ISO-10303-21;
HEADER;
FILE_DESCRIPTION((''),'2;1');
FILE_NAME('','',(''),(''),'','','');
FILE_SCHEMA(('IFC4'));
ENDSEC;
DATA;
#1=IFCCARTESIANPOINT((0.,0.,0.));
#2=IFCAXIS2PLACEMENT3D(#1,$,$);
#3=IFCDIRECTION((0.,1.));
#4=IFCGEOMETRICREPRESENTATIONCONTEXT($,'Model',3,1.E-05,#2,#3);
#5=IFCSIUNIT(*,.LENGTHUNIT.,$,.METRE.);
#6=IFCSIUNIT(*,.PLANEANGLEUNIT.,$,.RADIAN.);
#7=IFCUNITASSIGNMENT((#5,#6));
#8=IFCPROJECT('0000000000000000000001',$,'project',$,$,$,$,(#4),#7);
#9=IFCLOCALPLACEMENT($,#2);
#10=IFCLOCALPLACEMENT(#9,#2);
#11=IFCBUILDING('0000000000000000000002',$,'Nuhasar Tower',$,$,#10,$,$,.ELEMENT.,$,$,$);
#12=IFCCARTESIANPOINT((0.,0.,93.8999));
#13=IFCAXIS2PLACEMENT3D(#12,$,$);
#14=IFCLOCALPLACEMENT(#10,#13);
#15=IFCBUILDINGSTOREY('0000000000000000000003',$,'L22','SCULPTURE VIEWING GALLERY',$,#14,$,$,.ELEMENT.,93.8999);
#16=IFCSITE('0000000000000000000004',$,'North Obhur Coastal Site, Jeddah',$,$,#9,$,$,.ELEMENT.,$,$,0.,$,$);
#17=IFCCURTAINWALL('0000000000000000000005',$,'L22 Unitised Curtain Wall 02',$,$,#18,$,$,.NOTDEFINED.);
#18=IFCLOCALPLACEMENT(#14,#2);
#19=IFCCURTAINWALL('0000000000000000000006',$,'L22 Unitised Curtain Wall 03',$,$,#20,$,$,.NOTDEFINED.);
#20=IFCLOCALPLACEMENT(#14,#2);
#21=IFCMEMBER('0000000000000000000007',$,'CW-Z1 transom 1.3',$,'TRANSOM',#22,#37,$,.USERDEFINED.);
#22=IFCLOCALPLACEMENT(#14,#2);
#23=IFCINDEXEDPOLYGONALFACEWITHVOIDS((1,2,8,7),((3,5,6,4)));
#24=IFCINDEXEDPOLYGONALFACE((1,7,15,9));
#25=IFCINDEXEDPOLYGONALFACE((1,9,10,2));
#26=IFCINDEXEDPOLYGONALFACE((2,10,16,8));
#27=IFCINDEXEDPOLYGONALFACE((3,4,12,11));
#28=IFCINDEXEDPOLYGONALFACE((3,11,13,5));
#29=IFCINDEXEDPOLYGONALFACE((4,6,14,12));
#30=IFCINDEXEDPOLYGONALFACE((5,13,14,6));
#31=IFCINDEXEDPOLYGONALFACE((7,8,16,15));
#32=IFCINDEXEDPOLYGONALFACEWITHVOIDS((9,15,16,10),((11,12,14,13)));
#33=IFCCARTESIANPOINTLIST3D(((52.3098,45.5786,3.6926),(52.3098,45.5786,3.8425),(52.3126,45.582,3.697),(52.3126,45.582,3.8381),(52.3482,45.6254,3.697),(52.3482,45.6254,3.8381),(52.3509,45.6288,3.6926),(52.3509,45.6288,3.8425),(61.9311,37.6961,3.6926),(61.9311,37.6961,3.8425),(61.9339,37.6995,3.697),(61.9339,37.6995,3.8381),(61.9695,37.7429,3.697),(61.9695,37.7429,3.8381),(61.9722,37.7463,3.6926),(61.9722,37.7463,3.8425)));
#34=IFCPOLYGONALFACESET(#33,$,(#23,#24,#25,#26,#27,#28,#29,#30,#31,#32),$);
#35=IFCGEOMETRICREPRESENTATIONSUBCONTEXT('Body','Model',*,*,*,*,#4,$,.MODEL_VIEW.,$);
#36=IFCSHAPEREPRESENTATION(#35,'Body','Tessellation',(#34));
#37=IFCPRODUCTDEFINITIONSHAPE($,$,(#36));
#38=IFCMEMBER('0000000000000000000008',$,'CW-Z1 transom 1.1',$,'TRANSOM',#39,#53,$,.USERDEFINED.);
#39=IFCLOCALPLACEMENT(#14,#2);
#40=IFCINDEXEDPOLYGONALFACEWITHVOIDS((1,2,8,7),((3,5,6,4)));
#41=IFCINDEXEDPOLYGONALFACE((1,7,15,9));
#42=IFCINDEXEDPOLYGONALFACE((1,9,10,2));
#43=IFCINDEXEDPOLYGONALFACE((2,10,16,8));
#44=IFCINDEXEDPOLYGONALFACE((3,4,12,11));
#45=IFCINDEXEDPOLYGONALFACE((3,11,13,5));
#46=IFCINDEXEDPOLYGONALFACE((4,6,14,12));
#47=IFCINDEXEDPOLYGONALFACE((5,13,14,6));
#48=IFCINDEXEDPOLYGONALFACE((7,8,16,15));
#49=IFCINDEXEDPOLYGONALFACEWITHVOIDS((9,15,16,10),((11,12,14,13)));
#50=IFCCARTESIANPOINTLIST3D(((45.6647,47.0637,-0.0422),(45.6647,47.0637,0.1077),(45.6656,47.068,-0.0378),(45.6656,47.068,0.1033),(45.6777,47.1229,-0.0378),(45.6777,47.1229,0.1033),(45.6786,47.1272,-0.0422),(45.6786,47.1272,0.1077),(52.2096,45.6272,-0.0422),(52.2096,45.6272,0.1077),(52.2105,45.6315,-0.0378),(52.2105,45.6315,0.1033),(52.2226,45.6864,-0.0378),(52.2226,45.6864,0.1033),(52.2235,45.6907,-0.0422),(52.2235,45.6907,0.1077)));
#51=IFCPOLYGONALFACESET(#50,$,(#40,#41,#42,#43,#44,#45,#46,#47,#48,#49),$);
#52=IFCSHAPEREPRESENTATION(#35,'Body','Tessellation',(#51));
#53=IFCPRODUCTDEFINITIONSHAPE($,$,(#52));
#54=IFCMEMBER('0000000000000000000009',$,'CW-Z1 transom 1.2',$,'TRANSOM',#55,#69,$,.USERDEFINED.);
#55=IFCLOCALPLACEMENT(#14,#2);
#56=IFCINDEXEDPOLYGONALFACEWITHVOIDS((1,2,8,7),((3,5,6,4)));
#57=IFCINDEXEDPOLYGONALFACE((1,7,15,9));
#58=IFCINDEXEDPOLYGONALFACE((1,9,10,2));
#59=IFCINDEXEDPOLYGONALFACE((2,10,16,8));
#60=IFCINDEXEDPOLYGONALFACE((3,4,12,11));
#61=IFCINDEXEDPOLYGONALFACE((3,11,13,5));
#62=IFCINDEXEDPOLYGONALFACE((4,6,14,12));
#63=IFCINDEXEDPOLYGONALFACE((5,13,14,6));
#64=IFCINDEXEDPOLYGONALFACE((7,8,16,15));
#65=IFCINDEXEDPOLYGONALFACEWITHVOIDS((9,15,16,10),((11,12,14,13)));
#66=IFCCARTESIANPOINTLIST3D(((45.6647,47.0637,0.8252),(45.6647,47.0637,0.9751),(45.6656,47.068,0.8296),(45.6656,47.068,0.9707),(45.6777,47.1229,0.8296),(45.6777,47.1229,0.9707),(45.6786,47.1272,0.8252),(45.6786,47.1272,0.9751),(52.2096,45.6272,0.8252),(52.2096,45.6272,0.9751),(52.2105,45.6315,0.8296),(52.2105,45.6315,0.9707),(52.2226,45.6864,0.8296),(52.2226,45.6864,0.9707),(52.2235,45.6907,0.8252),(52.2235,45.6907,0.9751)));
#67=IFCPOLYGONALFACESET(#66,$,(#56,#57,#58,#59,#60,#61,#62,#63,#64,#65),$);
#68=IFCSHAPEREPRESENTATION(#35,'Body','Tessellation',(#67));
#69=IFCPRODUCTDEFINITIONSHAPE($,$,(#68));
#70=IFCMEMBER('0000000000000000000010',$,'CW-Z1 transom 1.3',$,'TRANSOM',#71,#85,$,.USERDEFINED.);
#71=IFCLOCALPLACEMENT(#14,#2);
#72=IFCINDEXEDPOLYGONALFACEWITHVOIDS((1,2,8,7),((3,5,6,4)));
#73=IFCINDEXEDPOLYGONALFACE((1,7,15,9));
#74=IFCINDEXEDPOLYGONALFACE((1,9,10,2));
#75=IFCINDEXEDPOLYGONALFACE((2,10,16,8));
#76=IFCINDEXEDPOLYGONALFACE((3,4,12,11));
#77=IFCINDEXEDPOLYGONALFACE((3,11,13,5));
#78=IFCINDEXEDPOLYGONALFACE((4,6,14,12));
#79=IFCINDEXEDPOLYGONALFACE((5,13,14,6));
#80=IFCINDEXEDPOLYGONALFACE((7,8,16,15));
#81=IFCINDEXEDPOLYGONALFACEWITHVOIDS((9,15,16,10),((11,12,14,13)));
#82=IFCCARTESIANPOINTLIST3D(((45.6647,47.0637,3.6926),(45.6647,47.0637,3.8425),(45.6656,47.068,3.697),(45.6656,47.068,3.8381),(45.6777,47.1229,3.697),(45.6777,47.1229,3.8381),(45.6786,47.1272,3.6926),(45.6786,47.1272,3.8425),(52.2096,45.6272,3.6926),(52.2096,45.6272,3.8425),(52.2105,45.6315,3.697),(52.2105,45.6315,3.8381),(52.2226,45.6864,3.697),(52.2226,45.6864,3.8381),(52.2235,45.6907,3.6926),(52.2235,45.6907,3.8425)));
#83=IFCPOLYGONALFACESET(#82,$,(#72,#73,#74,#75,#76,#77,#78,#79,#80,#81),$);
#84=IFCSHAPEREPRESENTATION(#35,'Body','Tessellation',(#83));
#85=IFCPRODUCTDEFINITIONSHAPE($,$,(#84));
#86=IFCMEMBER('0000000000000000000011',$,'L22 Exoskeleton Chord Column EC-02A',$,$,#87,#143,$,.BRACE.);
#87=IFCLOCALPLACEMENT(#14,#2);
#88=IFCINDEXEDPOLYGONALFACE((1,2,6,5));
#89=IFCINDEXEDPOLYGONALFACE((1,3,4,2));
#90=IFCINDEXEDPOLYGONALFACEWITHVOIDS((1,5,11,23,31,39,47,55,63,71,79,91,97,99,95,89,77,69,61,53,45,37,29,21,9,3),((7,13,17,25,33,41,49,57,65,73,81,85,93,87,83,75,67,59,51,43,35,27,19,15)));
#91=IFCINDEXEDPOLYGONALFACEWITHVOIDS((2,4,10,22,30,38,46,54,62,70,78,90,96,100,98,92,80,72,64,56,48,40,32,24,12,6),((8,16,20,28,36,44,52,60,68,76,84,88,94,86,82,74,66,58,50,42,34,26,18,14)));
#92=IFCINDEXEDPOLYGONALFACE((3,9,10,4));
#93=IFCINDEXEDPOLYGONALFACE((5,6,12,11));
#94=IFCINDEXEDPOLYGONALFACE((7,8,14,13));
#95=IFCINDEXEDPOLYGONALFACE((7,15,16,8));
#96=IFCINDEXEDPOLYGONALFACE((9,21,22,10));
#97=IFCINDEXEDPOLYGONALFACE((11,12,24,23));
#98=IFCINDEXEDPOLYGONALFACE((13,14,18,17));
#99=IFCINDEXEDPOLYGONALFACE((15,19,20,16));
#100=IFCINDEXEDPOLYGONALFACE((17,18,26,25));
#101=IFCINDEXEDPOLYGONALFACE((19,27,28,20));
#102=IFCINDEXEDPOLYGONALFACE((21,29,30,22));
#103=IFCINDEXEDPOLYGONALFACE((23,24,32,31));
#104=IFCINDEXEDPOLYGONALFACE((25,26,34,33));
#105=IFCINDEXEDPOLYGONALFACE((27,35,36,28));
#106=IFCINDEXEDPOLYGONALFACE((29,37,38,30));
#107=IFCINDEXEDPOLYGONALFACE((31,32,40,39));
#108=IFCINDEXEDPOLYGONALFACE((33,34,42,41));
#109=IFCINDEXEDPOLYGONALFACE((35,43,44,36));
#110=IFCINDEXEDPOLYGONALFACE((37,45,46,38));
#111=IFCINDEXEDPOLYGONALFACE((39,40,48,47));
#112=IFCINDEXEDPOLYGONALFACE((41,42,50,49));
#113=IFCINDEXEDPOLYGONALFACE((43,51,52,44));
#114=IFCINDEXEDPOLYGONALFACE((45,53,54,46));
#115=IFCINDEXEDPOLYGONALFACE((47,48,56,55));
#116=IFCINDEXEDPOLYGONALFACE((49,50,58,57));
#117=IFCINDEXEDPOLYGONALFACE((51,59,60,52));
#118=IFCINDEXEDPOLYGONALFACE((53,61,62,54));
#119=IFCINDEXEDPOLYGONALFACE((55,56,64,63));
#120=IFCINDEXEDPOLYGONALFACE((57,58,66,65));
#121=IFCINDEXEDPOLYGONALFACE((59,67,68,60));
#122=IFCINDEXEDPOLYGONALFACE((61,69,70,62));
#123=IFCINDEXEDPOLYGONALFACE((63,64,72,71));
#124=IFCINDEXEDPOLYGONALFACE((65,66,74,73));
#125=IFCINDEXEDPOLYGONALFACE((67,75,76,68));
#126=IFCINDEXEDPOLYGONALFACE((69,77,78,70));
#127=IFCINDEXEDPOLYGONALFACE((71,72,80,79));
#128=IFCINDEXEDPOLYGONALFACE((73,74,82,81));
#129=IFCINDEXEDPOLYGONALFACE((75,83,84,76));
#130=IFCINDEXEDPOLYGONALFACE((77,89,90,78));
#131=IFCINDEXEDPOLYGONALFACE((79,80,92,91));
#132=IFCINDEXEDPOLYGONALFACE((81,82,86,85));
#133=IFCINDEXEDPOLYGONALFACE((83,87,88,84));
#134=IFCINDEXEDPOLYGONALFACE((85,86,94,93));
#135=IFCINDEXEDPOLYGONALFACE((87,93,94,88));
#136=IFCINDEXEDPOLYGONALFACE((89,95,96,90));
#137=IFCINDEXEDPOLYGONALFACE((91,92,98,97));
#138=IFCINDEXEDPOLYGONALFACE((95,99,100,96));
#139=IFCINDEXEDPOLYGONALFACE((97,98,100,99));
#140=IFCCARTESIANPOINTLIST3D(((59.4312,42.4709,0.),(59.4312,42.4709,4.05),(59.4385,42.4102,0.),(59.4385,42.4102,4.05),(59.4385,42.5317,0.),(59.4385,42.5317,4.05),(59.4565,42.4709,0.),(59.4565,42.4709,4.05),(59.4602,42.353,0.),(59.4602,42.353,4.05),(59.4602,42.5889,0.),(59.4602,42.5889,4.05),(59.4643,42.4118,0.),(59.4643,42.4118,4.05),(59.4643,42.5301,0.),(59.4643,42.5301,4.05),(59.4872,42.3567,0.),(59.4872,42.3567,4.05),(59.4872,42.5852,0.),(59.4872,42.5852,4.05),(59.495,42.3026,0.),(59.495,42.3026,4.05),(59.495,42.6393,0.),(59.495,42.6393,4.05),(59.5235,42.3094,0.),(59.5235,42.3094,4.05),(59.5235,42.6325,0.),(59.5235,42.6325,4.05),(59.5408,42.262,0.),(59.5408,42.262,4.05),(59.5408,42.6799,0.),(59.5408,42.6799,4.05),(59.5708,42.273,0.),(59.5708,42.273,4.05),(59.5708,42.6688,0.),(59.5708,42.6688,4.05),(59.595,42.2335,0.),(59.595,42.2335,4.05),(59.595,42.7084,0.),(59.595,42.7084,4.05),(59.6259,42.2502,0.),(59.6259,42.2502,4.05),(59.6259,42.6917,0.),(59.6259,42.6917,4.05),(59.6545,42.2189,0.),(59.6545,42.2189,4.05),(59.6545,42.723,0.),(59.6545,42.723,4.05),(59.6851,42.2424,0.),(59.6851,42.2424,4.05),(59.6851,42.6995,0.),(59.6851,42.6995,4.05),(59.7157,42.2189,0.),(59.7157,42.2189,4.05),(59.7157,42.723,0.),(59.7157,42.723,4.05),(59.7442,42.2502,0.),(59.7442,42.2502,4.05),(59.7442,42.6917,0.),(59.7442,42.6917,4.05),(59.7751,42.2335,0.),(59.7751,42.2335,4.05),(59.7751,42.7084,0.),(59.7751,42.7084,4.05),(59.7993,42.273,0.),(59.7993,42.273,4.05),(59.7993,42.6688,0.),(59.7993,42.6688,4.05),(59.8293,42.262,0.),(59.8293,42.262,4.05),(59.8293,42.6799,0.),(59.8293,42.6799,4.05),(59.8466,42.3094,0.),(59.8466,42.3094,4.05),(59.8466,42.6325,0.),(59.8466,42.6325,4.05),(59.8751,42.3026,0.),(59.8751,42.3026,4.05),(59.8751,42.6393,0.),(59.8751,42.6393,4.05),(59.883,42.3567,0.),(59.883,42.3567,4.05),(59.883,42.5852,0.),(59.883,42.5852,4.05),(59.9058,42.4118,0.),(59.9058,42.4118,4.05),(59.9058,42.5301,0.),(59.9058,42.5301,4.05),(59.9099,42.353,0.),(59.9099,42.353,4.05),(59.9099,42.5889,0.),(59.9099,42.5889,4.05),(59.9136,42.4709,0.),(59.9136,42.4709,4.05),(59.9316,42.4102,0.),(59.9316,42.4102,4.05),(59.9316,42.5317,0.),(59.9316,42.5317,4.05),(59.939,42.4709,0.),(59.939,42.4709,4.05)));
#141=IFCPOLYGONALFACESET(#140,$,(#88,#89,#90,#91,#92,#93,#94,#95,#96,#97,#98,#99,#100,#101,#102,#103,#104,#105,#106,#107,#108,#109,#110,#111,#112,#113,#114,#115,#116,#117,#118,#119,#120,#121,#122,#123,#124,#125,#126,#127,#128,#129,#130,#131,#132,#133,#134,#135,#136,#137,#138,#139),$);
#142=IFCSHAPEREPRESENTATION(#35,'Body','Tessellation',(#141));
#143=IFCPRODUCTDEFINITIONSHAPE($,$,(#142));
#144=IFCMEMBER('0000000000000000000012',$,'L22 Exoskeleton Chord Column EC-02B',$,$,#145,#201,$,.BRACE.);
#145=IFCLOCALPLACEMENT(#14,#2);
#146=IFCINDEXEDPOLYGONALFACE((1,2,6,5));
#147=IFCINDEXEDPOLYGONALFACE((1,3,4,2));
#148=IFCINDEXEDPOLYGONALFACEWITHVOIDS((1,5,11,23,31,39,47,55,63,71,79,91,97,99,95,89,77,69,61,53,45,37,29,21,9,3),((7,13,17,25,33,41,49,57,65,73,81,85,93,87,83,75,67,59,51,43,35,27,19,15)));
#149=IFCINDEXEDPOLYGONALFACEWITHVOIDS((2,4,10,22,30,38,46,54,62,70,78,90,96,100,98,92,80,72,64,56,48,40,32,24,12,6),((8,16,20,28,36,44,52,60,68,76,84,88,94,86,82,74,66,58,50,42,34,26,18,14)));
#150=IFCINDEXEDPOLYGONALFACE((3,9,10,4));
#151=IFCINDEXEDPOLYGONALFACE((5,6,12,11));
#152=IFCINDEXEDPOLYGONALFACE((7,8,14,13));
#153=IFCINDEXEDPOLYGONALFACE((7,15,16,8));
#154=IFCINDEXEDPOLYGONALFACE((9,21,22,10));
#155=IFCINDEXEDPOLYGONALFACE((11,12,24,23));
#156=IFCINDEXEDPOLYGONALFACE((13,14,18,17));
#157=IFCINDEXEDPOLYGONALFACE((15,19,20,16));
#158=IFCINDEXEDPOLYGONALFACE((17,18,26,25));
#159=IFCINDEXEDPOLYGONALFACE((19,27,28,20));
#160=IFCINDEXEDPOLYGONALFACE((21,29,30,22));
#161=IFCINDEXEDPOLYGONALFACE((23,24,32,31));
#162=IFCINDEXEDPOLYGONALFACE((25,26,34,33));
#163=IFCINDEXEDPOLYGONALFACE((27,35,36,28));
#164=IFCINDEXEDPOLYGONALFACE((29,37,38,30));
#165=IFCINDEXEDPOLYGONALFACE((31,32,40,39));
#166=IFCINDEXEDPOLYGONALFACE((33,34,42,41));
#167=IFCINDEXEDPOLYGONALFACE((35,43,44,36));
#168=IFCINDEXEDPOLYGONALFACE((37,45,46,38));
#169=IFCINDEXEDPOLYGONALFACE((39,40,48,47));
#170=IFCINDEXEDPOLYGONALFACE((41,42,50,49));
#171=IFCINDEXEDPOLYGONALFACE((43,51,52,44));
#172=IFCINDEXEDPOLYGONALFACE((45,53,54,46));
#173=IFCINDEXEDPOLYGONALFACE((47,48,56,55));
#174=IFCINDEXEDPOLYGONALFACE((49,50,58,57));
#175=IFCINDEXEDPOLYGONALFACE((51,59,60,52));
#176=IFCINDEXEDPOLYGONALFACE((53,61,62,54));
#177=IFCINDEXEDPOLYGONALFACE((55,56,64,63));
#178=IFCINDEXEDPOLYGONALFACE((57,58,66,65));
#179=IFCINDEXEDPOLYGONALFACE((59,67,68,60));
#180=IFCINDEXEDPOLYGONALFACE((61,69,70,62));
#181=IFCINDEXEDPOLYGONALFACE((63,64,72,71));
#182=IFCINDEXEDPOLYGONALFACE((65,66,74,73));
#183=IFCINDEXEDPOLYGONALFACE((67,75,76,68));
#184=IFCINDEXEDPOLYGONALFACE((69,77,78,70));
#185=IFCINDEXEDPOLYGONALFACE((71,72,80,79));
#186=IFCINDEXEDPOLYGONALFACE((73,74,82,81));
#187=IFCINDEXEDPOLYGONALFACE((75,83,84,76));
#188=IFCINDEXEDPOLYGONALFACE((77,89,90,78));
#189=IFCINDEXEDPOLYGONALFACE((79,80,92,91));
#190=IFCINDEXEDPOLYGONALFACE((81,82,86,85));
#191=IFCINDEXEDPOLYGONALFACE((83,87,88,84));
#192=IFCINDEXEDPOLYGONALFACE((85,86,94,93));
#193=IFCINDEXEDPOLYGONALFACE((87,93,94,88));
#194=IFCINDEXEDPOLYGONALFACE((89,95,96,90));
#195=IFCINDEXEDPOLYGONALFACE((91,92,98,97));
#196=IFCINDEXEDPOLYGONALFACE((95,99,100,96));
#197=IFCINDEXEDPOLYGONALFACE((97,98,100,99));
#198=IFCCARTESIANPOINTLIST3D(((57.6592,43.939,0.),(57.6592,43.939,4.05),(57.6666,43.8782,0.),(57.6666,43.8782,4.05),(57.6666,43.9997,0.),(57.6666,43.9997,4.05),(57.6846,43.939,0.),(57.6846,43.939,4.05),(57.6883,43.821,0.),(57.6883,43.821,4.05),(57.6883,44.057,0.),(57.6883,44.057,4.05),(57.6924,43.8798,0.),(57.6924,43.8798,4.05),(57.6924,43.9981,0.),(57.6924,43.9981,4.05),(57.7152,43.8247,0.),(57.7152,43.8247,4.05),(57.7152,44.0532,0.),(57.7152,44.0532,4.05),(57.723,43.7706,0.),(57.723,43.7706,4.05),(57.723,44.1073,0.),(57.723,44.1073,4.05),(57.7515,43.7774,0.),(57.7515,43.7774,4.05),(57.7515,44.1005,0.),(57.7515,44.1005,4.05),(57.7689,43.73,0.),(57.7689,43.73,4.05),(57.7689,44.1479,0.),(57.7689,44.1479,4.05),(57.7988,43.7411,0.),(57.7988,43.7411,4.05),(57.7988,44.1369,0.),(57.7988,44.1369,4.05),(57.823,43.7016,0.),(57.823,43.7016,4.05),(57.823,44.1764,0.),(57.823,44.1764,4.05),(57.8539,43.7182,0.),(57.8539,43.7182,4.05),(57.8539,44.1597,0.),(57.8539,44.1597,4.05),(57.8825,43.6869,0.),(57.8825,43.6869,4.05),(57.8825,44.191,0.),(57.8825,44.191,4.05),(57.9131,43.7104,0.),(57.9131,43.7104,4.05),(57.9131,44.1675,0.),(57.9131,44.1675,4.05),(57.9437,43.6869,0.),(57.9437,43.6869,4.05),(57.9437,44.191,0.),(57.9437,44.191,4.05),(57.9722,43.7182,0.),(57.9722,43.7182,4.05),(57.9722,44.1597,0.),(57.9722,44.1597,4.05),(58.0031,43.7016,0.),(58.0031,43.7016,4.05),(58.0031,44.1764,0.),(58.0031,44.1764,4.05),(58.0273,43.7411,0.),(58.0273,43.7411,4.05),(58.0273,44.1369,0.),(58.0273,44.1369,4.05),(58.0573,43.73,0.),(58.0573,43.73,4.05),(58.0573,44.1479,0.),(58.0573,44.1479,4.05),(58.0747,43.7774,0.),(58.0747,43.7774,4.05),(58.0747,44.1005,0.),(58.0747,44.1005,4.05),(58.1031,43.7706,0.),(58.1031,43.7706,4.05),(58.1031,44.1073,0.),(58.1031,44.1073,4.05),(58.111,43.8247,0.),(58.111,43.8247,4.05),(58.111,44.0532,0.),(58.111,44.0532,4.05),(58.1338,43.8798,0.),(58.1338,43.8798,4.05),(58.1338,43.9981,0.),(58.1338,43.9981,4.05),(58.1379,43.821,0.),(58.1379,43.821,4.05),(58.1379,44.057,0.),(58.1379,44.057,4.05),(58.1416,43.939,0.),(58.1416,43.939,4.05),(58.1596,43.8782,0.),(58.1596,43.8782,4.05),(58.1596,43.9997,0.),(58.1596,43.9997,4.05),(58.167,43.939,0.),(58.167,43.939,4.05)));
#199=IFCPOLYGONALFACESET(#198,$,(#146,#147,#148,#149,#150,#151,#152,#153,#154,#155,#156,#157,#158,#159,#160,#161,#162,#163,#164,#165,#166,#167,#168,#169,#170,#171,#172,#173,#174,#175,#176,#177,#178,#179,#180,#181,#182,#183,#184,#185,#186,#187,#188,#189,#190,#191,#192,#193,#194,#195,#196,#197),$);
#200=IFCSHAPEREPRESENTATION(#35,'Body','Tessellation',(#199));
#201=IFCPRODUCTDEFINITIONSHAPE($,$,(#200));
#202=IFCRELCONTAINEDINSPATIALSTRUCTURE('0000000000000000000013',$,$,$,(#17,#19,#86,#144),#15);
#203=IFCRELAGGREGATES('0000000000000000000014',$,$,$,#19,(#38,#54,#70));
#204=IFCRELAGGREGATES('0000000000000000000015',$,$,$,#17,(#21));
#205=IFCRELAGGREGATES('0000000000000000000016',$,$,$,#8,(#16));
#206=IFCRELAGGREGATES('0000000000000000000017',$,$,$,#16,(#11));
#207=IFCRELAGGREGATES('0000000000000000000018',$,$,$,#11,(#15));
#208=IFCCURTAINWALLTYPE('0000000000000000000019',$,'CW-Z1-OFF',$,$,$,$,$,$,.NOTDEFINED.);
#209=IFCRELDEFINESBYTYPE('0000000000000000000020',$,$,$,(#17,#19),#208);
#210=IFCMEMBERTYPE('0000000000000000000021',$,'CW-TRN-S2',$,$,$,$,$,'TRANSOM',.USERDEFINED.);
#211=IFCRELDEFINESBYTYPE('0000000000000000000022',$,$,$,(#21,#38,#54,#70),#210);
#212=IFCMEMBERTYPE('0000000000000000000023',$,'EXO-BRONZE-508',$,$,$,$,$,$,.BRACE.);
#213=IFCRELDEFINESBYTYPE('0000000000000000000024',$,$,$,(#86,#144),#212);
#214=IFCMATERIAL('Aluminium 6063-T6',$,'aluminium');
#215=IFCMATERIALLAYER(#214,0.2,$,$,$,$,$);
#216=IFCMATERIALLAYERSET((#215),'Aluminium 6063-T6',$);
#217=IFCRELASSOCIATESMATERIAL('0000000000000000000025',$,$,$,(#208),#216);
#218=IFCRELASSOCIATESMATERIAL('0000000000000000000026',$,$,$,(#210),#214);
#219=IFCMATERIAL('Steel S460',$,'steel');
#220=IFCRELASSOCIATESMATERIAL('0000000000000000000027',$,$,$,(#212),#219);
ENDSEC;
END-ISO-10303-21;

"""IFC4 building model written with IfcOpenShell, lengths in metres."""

from ifc_helpers import new_model, si_unit, direction, frame, origin, origin_2d, place, context, subcontext, project, spatial, hollow_rectangle, hollow_circle, extrude, material, layer, layer_set, material_profile, profile_set, type_object, element, aggregate, save


model = new_model("IFC4")

# Units and contexts
model_context = context("Model", 3, precision=1e-05, world=origin(), true_north=direction((0.0, 1.0)))
body_context = subcontext(model_context, "Body", "Model", "MODEL_VIEW")
ifc_project = project(units=[si_unit("LENGTHUNIT", "METRE"), si_unit("PLANEANGLEUNIT", "RADIAN")], contexts=[model_context])

# Site, building, storey
site_placement = place(None, origin())
site = spatial("IfcSite", under=ifc_project, at=site_placement, Name="North Obhur Coastal Site, Jeddah", CompositionType="ELEMENT", RefElevation=0.0)
building_placement = place(site_placement, origin())
building = spatial("IfcBuilding", under=site, at=building_placement, Name="Nuhasar Tower", CompositionType="ELEMENT")
storey_placement = place(building_placement, frame((0.0, 0.0, 93.8999)))
storey = spatial("IfcBuildingStorey", under=building, at=storey_placement, Name="L22", Description="SCULPTURE VIEWING GALLERY", CompositionType="ELEMENT", Elevation=93.8999)

# Shared definitions
ifc_material_1 = material(Name="Aluminium 6063-T6", Category="aluminium")
ifc_layer_1 = layer(ifc_material_1, 0.2)
ifc_layer_set_1 = layer_set([ifc_layer_1], Name="Aluminium 6063-T6")
curtain_wall_type = type_object("IfcCurtainWallType", Name="CW-Z1-OFF", PredefinedType="NOTDEFINED", material=ifc_layer_set_1)

# Curtain wall
curtain_wall_1_placement = place(storey_placement, origin())
curtain_wall_1 = element("IfcCurtainWall", 1, at=curtain_wall_1_placement, inside=storey, type_object=curtain_wall_type, Name="L22 Unitised Curtain Wall 02", PredefinedType="NOTDEFINED")

# Curtain wall
curtain_wall_2_placement = place(storey_placement, origin())
curtain_wall_2 = element("IfcCurtainWall", 2, at=curtain_wall_2_placement, inside=storey, type_object=curtain_wall_type, Name="L22 Unitised Curtain Wall 03", PredefinedType="NOTDEFINED")

# Members
ifc_material_profile_1 = material_profile(ifc_material_1, hollow_rectangle(XDim=0.0649, YDim=0.1499, WallThickness=0.0044, at=origin_2d()), Name="CWT-2")
ifc_profile_set_1 = profile_set([ifc_material_profile_1], Name="Aluminium 6063-T6")
member_type_1 = type_object("IfcMemberType", Name="CW-TRN-S2", ElementType="TRANSOM", PredefinedType="USERDEFINED", material=ifc_profile_set_1)
member_1_placement = place(storey_placement, frame((61.9517, 37.7212, 3.7676), z_axis=(-0.773541, 0.633746, 0.0), x_axis=(-0.633746, -0.773541, 0.0)))
member_1 = element("IfcMember", 3, at=member_1_placement, type_object=member_type_1, Name="CW-Z1 transom 1.3", ObjectType="TRANSOM", PredefinedType="USERDEFINED", context=body_context, shape_type="SweptSolid", body=[
    extrude(hollow_rectangle(XDim=0.0649, YDim=0.1499, WallThickness=0.0044, at=origin_2d()), origin(), (0.0, 0.0, 1.0), 12.438),
])
member_2_placement = place(storey_placement, frame((52.2166, 45.6589, 0.0327), z_axis=(-0.97675, 0.214384, 0.0), x_axis=(-0.214384, -0.97675, 0.0)))
member_2 = element("IfcMember", 4, at=member_2_placement, type_object=member_type_1, Name="CW-Z1 transom 1.1", ObjectType="TRANSOM", PredefinedType="USERDEFINED", context=body_context, shape_type="SweptSolid", body=[
    extrude(hollow_rectangle(XDim=0.0649, YDim=0.1499, WallThickness=0.0044, at=origin_2d()), origin(), (0.0, 0.0, 1.0), 6.7007),
])
member_3_placement = place(storey_placement, frame((52.2166, 45.6589, 0.9001), z_axis=(-0.97675, 0.214384, 0.0), x_axis=(-0.214384, -0.97675, 0.0)))
member_3 = element("IfcMember", 5, at=member_3_placement, type_object=member_type_1, Name="CW-Z1 transom 1.2", ObjectType="TRANSOM", PredefinedType="USERDEFINED", context=body_context, shape_type="SweptSolid", body=[
    extrude(hollow_rectangle(XDim=0.0649, YDim=0.1499, WallThickness=0.0044, at=origin_2d()), origin(), (0.0, 0.0, 1.0), 6.7007),
])
member_4_placement = place(storey_placement, frame((52.2166, 45.6589, 3.7676), z_axis=(-0.97675, 0.214384, 0.0), x_axis=(-0.214384, -0.97675, 0.0)))
member_4 = element("IfcMember", 6, at=member_4_placement, type_object=member_type_1, Name="CW-Z1 transom 1.3", ObjectType="TRANSOM", PredefinedType="USERDEFINED", context=body_context, shape_type="SweptSolid", body=[
    extrude(hollow_rectangle(XDim=0.0649, YDim=0.1499, WallThickness=0.0044, at=origin_2d()), origin(), (0.0, 0.0, 1.0), 6.7007),
])
aggregate(curtain_wall_2, [member_2, member_3, member_4])

# Members
ifc_material_2 = material(Name="Steel S460", Category="steel")
ifc_material_profile_2 = material_profile(ifc_material_2, hollow_circle(Radius=0.2539, WallThickness=0.0254, at=origin_2d()), Name="HSS508X25.4")
ifc_profile_set_2 = profile_set([ifc_material_profile_2], Name="Steel S460")
member_type_2 = type_object("IfcMemberType", Name="EXO-BRONZE-508", PredefinedType="BRACE", material=ifc_profile_set_2)
for number, where, z_axis, x_axis, name in (
    (7, (59.6851, 42.4709, 0.0), (0.0, 0.0, 1.0), (1.0, 0.0, 0.0), "L22 Exoskeleton Chord Column EC-02A"),
    (8, (57.9131, 43.939, 0.0), (0.0, 0.0, 1.0), (1.0, 0.0, 0.0), "L22 Exoskeleton Chord Column EC-02B"),
):
    element("IfcMember", number, at=place(storey_placement, frame(where, z_axis=z_axis, x_axis=x_axis)), inside=storey, type_object=member_type_2, Name=name, PredefinedType="BRACE", context=body_context, shape_type="SweptSolid", body=[
        extrude(hollow_circle(Radius=0.2539, WallThickness=0.0254, at=origin_2d()), origin(), (0.0, 0.0, 1.0), 4.05),
    ])

aggregate(curtain_wall_1, [member_1])

save(model, "model.ifc")
